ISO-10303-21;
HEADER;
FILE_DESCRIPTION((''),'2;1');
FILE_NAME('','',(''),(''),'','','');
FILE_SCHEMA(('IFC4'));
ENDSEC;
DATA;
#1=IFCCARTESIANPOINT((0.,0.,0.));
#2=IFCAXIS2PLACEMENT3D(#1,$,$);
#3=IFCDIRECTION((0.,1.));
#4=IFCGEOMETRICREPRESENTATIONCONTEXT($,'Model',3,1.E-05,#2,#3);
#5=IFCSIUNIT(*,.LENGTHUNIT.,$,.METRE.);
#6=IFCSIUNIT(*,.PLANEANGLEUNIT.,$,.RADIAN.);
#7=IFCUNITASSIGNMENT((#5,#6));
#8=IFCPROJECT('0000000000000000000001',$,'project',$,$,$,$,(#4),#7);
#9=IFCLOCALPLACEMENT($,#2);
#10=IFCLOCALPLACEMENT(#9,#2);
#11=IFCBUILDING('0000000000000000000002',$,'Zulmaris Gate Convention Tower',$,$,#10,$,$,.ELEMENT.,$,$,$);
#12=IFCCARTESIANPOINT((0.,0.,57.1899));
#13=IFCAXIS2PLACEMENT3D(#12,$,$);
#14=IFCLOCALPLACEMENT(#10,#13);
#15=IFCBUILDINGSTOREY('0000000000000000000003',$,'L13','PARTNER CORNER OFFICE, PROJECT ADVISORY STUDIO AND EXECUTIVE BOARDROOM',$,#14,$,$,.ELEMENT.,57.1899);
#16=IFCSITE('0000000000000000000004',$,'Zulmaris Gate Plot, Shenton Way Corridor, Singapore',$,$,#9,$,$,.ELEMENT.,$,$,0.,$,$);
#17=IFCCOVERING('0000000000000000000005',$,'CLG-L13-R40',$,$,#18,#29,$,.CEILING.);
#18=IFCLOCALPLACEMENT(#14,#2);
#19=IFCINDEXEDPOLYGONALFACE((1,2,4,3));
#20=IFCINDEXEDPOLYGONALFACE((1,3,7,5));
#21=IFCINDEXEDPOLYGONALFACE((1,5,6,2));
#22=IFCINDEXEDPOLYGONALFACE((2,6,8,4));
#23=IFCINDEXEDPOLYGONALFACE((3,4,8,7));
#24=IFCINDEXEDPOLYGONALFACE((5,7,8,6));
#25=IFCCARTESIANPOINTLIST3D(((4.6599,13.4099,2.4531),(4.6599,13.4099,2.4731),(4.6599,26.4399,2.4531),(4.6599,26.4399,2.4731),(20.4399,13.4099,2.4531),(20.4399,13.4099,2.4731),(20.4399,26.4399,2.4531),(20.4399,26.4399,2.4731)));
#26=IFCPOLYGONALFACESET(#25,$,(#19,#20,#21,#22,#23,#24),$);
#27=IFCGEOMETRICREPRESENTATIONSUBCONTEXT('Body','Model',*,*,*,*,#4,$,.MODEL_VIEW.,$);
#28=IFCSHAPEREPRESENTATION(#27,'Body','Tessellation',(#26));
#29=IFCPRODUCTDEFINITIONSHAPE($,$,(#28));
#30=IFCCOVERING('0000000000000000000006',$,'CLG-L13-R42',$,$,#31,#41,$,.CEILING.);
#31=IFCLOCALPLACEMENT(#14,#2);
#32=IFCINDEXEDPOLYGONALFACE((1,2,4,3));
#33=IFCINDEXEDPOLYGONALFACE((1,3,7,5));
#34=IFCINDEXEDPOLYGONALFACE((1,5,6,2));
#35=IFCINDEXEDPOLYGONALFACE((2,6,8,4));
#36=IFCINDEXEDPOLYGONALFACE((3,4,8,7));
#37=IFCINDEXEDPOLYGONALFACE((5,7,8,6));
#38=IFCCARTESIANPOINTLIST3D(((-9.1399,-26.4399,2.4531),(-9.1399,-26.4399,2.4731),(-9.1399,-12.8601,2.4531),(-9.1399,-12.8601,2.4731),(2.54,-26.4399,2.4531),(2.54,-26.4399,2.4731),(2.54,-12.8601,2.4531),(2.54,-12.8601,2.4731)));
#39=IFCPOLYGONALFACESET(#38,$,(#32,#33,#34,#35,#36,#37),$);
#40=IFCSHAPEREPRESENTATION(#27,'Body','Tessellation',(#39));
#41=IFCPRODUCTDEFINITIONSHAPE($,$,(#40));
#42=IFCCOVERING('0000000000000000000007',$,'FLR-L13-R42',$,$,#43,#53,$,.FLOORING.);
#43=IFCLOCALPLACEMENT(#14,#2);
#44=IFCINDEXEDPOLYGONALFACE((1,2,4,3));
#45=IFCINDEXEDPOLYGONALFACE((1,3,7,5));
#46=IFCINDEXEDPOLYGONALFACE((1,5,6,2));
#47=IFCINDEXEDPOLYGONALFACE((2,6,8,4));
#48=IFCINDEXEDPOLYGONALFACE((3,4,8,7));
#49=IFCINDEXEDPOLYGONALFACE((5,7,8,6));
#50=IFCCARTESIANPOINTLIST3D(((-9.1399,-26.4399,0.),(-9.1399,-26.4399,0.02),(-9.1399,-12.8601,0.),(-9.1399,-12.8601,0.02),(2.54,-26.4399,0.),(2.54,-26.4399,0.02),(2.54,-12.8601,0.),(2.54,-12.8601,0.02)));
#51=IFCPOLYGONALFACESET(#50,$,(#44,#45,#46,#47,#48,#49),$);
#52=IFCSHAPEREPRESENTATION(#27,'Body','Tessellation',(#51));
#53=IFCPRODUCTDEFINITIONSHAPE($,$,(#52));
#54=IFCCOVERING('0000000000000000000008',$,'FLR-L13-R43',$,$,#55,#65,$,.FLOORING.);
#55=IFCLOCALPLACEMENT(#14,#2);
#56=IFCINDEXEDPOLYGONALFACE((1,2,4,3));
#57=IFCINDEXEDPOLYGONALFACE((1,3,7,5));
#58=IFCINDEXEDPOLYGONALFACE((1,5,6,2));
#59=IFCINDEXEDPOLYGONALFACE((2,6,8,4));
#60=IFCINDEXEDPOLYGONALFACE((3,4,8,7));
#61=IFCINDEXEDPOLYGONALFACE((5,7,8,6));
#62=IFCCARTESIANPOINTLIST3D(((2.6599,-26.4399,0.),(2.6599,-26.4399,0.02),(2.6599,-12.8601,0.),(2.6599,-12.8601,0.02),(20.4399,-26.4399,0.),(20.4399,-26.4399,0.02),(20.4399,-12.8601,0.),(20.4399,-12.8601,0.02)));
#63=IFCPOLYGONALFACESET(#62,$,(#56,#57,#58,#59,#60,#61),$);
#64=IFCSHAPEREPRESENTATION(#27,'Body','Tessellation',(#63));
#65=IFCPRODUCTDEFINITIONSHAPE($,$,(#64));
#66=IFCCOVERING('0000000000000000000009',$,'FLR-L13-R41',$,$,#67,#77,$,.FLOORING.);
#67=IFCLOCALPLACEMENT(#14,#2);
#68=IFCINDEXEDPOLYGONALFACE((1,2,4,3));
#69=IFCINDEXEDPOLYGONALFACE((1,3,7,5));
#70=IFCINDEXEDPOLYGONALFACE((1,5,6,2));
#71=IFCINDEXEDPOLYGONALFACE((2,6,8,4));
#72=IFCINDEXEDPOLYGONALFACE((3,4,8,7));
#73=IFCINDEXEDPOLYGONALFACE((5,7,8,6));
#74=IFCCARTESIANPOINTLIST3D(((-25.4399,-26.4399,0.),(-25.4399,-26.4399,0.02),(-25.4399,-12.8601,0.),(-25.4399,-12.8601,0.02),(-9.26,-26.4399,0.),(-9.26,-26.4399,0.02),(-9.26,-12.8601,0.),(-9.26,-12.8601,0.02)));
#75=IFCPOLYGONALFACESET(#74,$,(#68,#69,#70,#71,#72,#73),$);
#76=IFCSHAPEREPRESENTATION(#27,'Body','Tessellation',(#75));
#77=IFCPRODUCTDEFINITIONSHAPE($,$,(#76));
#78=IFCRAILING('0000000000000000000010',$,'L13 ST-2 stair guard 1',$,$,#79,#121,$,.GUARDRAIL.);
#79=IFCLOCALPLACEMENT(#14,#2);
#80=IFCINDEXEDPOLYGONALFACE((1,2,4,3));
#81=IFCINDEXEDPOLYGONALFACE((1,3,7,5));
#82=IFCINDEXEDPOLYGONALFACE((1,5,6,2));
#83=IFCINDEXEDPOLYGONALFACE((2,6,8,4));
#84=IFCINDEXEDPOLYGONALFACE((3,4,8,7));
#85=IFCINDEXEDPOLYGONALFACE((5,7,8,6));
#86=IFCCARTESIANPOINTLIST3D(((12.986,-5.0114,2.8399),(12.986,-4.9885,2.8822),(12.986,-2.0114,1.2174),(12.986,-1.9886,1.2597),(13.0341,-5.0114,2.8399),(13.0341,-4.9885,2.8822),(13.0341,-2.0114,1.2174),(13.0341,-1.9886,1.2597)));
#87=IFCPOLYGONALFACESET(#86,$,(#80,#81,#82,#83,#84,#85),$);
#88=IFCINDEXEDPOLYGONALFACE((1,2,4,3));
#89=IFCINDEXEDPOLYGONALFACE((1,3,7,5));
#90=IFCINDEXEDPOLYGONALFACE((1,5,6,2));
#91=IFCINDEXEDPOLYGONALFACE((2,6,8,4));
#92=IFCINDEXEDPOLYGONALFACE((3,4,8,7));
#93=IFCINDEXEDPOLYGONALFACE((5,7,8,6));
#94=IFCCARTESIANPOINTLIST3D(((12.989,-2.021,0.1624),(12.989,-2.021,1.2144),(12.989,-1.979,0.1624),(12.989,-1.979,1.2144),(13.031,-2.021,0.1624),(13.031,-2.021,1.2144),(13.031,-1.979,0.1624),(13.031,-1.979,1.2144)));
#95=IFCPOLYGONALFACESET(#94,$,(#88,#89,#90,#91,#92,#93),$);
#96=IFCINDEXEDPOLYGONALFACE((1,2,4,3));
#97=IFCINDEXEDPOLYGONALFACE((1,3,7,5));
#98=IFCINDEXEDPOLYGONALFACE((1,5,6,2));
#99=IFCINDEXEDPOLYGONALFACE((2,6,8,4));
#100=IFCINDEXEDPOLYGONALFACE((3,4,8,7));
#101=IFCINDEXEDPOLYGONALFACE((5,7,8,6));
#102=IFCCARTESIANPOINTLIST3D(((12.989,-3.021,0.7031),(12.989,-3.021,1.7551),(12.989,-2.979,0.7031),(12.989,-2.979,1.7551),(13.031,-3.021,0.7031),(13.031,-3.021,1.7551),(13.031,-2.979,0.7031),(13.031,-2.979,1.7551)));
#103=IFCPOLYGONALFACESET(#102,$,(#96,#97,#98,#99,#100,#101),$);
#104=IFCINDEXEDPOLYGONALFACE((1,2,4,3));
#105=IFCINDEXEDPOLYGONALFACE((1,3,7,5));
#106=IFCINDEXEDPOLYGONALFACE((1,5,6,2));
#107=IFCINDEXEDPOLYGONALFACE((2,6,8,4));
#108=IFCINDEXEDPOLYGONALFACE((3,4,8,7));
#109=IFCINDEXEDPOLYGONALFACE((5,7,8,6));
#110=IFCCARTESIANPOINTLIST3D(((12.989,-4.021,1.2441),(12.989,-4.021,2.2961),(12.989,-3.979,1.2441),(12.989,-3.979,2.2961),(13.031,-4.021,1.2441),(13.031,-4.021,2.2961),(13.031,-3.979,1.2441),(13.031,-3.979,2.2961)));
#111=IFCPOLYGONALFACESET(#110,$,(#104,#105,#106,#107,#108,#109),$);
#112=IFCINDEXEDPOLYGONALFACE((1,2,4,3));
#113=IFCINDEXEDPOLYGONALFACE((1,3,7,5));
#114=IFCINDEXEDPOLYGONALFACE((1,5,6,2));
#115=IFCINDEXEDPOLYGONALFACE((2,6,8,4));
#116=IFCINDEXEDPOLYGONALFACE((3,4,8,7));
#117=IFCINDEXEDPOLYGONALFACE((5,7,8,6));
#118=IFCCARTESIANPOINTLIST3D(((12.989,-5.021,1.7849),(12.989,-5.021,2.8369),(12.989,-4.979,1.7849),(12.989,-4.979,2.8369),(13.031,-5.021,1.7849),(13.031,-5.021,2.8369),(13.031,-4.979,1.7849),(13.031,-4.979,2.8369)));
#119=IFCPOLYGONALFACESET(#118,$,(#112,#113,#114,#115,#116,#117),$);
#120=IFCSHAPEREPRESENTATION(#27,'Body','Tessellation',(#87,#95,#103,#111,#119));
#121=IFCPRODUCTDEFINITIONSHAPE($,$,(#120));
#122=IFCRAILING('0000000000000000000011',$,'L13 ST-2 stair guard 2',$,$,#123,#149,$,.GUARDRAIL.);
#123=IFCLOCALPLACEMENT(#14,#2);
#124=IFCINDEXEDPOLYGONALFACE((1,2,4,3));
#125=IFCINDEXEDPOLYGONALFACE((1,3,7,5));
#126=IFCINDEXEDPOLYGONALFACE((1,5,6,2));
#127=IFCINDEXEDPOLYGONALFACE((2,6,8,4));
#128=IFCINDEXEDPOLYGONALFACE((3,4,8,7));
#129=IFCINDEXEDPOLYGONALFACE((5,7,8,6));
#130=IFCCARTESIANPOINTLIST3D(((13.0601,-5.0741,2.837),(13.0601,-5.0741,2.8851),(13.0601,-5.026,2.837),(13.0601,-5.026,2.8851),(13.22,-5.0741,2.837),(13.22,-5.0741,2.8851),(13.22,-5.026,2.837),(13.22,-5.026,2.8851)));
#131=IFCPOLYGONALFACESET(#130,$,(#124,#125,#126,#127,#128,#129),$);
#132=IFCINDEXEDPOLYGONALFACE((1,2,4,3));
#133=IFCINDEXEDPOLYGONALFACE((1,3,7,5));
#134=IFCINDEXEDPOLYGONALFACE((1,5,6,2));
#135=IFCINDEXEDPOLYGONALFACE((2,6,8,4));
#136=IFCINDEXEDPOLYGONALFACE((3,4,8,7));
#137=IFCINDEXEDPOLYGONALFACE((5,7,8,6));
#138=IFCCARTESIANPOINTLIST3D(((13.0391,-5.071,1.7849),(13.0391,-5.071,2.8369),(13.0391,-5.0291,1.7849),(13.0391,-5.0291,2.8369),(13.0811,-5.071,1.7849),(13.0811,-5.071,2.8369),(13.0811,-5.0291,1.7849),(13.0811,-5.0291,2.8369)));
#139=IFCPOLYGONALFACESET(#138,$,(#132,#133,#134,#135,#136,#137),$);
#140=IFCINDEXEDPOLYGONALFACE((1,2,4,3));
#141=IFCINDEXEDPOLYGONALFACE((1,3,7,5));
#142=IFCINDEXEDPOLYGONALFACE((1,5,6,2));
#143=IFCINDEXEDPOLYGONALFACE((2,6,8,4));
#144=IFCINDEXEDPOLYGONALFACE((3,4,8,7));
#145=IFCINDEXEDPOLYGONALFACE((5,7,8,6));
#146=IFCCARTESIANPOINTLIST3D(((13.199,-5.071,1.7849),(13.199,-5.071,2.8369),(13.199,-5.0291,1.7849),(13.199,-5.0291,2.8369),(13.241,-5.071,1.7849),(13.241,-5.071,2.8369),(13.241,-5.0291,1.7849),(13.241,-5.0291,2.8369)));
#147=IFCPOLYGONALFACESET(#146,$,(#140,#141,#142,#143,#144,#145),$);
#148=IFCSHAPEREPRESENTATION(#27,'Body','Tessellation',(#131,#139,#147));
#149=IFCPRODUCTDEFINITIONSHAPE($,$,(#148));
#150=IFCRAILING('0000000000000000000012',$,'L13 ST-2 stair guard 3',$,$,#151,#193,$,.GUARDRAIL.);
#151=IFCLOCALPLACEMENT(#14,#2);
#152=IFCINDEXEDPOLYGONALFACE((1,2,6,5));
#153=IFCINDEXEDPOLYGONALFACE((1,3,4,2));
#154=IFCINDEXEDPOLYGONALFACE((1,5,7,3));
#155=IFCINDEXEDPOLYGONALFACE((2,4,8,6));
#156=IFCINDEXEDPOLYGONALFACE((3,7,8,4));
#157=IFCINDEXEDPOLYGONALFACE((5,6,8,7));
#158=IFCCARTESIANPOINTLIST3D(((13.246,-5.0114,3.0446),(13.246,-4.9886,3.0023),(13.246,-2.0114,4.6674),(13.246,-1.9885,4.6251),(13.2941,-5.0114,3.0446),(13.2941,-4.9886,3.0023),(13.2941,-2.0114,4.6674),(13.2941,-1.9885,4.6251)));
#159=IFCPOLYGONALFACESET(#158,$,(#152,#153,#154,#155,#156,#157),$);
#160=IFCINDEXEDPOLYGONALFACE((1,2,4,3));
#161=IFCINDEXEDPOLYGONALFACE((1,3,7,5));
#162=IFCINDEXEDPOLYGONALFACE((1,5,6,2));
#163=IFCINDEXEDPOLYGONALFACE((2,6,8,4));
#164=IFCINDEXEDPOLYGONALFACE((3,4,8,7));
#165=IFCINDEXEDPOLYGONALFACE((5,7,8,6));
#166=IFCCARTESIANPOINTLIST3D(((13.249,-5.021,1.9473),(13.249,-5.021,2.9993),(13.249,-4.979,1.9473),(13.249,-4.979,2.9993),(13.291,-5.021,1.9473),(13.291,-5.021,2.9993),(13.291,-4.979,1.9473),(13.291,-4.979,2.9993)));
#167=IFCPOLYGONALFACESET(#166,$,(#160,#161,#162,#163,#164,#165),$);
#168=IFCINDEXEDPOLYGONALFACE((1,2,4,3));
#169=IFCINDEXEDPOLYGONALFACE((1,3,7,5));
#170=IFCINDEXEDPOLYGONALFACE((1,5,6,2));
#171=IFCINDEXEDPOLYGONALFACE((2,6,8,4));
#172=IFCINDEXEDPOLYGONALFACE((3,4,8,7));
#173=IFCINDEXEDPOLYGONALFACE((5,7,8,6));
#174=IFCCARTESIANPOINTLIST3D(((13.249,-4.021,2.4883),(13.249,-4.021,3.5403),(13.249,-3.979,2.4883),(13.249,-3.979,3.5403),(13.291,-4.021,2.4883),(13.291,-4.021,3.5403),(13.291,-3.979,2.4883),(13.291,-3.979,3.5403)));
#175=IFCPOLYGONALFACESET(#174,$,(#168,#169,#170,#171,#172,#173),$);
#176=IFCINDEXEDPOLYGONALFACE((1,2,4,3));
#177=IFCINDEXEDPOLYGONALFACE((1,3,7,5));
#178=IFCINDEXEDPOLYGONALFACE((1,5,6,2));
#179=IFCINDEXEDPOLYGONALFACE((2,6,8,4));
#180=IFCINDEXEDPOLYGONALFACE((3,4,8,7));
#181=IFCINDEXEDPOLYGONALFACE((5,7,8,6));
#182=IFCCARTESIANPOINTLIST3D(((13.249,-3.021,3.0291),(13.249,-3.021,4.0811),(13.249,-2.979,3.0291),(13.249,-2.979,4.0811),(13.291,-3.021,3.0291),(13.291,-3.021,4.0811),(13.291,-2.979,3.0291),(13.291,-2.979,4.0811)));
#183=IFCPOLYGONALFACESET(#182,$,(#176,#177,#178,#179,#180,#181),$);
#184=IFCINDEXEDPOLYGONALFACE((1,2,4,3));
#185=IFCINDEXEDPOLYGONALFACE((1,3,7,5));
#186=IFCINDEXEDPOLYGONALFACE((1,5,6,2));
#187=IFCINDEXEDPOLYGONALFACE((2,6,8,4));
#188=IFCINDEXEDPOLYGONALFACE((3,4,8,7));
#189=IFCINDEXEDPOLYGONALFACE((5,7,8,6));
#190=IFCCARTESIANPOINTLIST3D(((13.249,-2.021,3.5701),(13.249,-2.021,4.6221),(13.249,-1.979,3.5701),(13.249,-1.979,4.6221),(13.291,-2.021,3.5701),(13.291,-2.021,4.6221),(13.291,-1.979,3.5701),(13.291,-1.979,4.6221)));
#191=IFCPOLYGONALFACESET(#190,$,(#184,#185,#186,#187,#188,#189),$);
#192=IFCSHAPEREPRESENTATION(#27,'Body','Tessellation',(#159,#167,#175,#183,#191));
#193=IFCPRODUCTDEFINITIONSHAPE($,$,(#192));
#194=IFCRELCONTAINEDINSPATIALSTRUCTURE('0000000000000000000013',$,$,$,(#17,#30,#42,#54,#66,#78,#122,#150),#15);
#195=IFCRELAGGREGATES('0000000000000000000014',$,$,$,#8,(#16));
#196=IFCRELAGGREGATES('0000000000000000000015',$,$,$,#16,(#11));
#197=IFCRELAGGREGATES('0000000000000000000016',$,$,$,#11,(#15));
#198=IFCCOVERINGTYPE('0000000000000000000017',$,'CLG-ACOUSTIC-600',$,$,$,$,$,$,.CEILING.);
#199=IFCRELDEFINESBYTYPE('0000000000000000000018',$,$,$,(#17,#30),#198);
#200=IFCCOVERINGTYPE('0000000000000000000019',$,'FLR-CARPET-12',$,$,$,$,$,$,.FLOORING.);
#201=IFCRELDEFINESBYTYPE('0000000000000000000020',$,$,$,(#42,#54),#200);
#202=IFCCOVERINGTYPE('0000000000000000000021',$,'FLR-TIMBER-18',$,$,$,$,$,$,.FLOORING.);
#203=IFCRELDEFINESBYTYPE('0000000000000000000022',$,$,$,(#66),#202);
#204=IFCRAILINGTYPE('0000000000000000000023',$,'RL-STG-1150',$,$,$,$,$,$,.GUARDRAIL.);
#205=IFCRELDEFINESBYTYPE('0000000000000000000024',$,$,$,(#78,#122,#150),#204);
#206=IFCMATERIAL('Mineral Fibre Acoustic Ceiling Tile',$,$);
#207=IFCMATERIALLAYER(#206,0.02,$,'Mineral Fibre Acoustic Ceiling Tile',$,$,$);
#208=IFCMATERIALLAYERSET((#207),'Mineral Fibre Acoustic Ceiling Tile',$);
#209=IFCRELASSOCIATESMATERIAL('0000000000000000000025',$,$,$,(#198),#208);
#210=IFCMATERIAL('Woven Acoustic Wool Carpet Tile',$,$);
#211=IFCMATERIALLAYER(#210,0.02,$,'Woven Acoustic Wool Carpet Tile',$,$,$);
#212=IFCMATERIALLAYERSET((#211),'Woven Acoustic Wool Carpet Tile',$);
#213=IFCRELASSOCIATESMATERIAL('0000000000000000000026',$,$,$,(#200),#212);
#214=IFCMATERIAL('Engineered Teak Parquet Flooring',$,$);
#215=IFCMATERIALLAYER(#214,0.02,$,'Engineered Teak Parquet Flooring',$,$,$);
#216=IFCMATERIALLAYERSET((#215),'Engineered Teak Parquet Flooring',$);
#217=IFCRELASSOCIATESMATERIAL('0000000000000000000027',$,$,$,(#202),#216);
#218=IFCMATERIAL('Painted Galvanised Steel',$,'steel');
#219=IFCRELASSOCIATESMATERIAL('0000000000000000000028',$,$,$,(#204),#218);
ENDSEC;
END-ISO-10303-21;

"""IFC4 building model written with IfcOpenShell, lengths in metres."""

from ifc_helpers import new_model, si_unit, direction, frame, origin, origin_2d, place, context, subcontext, project, spatial, polyline, rectangle, outline, extrude, material, layer, layer_set, type_object, element, save


model = new_model("IFC4")

# Units and contexts
model_context = context("Model", 3, precision=1e-05, world=origin(), true_north=direction((0.0, 1.0)))
body_context = subcontext(model_context, "Body", "Model", "MODEL_VIEW")
ifc_project = project(units=[si_unit("LENGTHUNIT", "METRE"), si_unit("PLANEANGLEUNIT", "RADIAN")], contexts=[model_context])

# Site, building, storey
site_placement = place(None, origin())
site = spatial("IfcSite", under=ifc_project, at=site_placement, Name="Zulmaris Gate Plot, Shenton Way Corridor, Singapore", CompositionType="ELEMENT", RefElevation=0.0)
building_placement = place(site_placement, origin())
building = spatial("IfcBuilding", under=site, at=building_placement, Name="Zulmaris Gate Convention Tower", CompositionType="ELEMENT")
storey_placement = place(building_placement, frame((0.0, 0.0, 57.1899)))
storey = spatial("IfcBuildingStorey", under=building, at=storey_placement, Name="L13", Description="PARTNER CORNER OFFICE, PROJECT ADVISORY STUDIO AND EXECUTIVE BOARDROOM", CompositionType="ELEMENT", Elevation=57.1899)

# Coverings
ifc_material_1 = material(Name="Mineral Fibre Acoustic Ceiling Tile")
ifc_layer_1 = layer(ifc_material_1, 0.02, Name="Mineral Fibre Acoustic Ceiling Tile")
ifc_layer_set_1 = layer_set([ifc_layer_1], Name="Mineral Fibre Acoustic Ceiling Tile")
covering_type_1 = type_object("IfcCoveringType", Name="CLG-ACOUSTIC-600", PredefinedType="CEILING", material=ifc_layer_set_1)
covering_1_placement = place(storey_placement, frame((0.0, 0.0, 2.4531)))
element("IfcCovering", 1, at=covering_1_placement, inside=storey, type_object=covering_type_1, Name="CLG-L13-R40", PredefinedType="CEILING", context=body_context, shape_type="SweptSolid", body=[
    extrude(outline(polyline([(4.6599, 13.4099), (20.4399, 13.4099), (20.4399, 26.4399), (4.6599, 26.4399), (4.6599, 13.4099)])), origin(), (0.0, 0.0, 1.0), 0.02),
])
covering_2_placement = place(storey_placement, frame((0.0, 0.0, 2.4531)))
element("IfcCovering", 2, at=covering_2_placement, inside=storey, type_object=covering_type_1, Name="CLG-L13-R42", PredefinedType="CEILING", context=body_context, shape_type="SweptSolid", body=[
    extrude(outline(polyline([(-9.1399, -26.4399), (2.54, -26.4399), (2.54, -12.8601), (-9.1399, -12.8601), (-9.1399, -26.4399)])), origin(), (0.0, 0.0, 1.0), 0.02),
])
ifc_material_2 = material(Name="Woven Acoustic Wool Carpet Tile")
ifc_layer_2 = layer(ifc_material_2, 0.02, Name="Woven Acoustic Wool Carpet Tile")
ifc_layer_set_2 = layer_set([ifc_layer_2], Name="Woven Acoustic Wool Carpet Tile")
covering_type_2 = type_object("IfcCoveringType", Name="FLR-CARPET-12", PredefinedType="FLOORING", material=ifc_layer_set_2)
covering_3_placement = place(storey_placement, origin())
element("IfcCovering", 3, at=covering_3_placement, inside=storey, type_object=covering_type_2, Name="FLR-L13-R42", PredefinedType="FLOORING", context=body_context, shape_type="SweptSolid", body=[
    extrude(outline(polyline([(-9.1399, -26.4399), (2.54, -26.4399), (2.54, -12.8601), (-9.1399, -12.8601), (-9.1399, -26.4399)])), origin(), (0.0, 0.0, 1.0), 0.02),
])
covering_4_placement = place(storey_placement, origin())
element("IfcCovering", 4, at=covering_4_placement, inside=storey, type_object=covering_type_2, Name="FLR-L13-R43", PredefinedType="FLOORING", context=body_context, shape_type="SweptSolid", body=[
    extrude(outline(polyline([(2.6599, -26.4399), (20.4399, -26.4399), (20.4399, -12.8601), (2.6599, -12.8601), (2.6599, -26.4399)])), origin(), (0.0, 0.0, 1.0), 0.02),
])
ifc_material_3 = material(Name="Engineered Teak Parquet Flooring")
ifc_layer_3 = layer(ifc_material_3, 0.02, Name="Engineered Teak Parquet Flooring")
ifc_layer_set_3 = layer_set([ifc_layer_3], Name="Engineered Teak Parquet Flooring")
covering_type_3 = type_object("IfcCoveringType", Name="FLR-TIMBER-18", PredefinedType="FLOORING", material=ifc_layer_set_3)
covering_5_placement = place(storey_placement, origin())
element("IfcCovering", 5, at=covering_5_placement, inside=storey, type_object=covering_type_3, Name="FLR-L13-R41", PredefinedType="FLOORING", context=body_context, shape_type="SweptSolid", body=[
    extrude(outline(polyline([(-25.4399, -26.4399), (-9.26, -26.4399), (-9.26, -12.8601), (-25.4399, -12.8601), (-25.4399, -26.4399)])), origin(), (0.0, 0.0, 1.0), 0.02),
])

# Railings
ifc_material_4 = material(Name="Painted Galvanised Steel", Category="steel")
railing_type_1 = type_object("IfcRailingType", Name="RL-STG-1150", PredefinedType="GUARDRAIL", material=ifc_material_4)
railing_1_placement = place(storey_placement, frame((13.01, -2.0, 0.1624)))
element("IfcRailing", 6, at=railing_1_placement, inside=storey, type_object=railing_type_1, Name="L13 ST-2 stair guard 1", PredefinedType="GUARDRAIL", context=body_context, shape_type="SweptSolid", body=[
    extrude(rectangle(XDim=0.0481, YDim=0.0481, at=origin_2d()), frame((0.0, 0.0, 1.0762), z_axis=(0.0, -0.879592, 0.47573), x_axis=(1.0, 0.0, 0.0)), (0.0, 0.0, 1.0), 3.4106),
    extrude(rectangle(XDim=0.042, YDim=0.042, at=origin_2d()), origin(), (0.0, 0.0, 1.0), 1.052),
    extrude(rectangle(XDim=0.042, YDim=0.042, at=origin_2d()), frame((0.0, -1.0, 0.5408)), (0.0, 0.0, 1.0), 1.052),
    extrude(rectangle(XDim=0.042, YDim=0.042, at=origin_2d()), frame((0.0, -2.0, 1.0818)), (0.0, 0.0, 1.0), 1.052),
    extrude(rectangle(XDim=0.042, YDim=0.042, at=origin_2d()), frame((0.0, -3.0, 1.6226)), (0.0, 0.0, 1.0), 1.052),
])
railing_2_placement = place(storey_placement, frame((13.0601, -5.05, 1.7849)))
element("IfcRailing", 7, at=railing_2_placement, inside=storey, type_object=railing_type_1, Name="L13 ST-2 stair guard 2", PredefinedType="GUARDRAIL", context=body_context, shape_type="SweptSolid", body=[
    extrude(rectangle(XDim=0.0481, YDim=0.0481, at=origin_2d()), frame((0.0, 0.0, 1.0762), z_axis=(1.0, 0.0, 0.0), x_axis=(0.0, 1.0, 0.0)), (0.0, 0.0, 1.0), 0.1599),
    extrude(rectangle(XDim=0.042, YDim=0.042, at=origin_2d()), origin(), (0.0, 0.0, 1.0), 1.052),
    extrude(rectangle(XDim=0.042, YDim=0.042, at=origin_2d()), frame((0.1599, 0.0, 0.0)), (0.0, 0.0, 1.0), 1.052),
])
railing_3_placement = place(storey_placement, frame((13.27, -5.0, 1.9473)))
element("IfcRailing", 8, at=railing_3_placement, inside=storey, type_object=railing_type_1, Name="L13 ST-2 stair guard 3", PredefinedType="GUARDRAIL", context=body_context, shape_type="SweptSolid", body=[
    extrude(rectangle(XDim=0.0481, YDim=0.0481, at=origin_2d()), frame((0.0, 0.0, 1.0762), z_axis=(0.0, 0.879562, 0.475785), x_axis=(-1.0, 0.0, 0.0)), (0.0, 0.0, 1.0), 3.4109),
    extrude(rectangle(XDim=0.042, YDim=0.042, at=origin_2d()), origin(), (0.0, 0.0, 1.0), 1.052),
    extrude(rectangle(XDim=0.042, YDim=0.042, at=origin_2d()), frame((0.0, 1.0, 0.541)), (0.0, 0.0, 1.0), 1.052),
    extrude(rectangle(XDim=0.042, YDim=0.042, at=origin_2d()), frame((0.0, 2.0, 1.0818)), (0.0, 0.0, 1.0), 1.052),
    extrude(rectangle(XDim=0.042, YDim=0.042, at=origin_2d()), frame((0.0, 3.0, 1.6228)), (0.0, 0.0, 1.0), 1.052),
])

save(model, "model.ifc")
